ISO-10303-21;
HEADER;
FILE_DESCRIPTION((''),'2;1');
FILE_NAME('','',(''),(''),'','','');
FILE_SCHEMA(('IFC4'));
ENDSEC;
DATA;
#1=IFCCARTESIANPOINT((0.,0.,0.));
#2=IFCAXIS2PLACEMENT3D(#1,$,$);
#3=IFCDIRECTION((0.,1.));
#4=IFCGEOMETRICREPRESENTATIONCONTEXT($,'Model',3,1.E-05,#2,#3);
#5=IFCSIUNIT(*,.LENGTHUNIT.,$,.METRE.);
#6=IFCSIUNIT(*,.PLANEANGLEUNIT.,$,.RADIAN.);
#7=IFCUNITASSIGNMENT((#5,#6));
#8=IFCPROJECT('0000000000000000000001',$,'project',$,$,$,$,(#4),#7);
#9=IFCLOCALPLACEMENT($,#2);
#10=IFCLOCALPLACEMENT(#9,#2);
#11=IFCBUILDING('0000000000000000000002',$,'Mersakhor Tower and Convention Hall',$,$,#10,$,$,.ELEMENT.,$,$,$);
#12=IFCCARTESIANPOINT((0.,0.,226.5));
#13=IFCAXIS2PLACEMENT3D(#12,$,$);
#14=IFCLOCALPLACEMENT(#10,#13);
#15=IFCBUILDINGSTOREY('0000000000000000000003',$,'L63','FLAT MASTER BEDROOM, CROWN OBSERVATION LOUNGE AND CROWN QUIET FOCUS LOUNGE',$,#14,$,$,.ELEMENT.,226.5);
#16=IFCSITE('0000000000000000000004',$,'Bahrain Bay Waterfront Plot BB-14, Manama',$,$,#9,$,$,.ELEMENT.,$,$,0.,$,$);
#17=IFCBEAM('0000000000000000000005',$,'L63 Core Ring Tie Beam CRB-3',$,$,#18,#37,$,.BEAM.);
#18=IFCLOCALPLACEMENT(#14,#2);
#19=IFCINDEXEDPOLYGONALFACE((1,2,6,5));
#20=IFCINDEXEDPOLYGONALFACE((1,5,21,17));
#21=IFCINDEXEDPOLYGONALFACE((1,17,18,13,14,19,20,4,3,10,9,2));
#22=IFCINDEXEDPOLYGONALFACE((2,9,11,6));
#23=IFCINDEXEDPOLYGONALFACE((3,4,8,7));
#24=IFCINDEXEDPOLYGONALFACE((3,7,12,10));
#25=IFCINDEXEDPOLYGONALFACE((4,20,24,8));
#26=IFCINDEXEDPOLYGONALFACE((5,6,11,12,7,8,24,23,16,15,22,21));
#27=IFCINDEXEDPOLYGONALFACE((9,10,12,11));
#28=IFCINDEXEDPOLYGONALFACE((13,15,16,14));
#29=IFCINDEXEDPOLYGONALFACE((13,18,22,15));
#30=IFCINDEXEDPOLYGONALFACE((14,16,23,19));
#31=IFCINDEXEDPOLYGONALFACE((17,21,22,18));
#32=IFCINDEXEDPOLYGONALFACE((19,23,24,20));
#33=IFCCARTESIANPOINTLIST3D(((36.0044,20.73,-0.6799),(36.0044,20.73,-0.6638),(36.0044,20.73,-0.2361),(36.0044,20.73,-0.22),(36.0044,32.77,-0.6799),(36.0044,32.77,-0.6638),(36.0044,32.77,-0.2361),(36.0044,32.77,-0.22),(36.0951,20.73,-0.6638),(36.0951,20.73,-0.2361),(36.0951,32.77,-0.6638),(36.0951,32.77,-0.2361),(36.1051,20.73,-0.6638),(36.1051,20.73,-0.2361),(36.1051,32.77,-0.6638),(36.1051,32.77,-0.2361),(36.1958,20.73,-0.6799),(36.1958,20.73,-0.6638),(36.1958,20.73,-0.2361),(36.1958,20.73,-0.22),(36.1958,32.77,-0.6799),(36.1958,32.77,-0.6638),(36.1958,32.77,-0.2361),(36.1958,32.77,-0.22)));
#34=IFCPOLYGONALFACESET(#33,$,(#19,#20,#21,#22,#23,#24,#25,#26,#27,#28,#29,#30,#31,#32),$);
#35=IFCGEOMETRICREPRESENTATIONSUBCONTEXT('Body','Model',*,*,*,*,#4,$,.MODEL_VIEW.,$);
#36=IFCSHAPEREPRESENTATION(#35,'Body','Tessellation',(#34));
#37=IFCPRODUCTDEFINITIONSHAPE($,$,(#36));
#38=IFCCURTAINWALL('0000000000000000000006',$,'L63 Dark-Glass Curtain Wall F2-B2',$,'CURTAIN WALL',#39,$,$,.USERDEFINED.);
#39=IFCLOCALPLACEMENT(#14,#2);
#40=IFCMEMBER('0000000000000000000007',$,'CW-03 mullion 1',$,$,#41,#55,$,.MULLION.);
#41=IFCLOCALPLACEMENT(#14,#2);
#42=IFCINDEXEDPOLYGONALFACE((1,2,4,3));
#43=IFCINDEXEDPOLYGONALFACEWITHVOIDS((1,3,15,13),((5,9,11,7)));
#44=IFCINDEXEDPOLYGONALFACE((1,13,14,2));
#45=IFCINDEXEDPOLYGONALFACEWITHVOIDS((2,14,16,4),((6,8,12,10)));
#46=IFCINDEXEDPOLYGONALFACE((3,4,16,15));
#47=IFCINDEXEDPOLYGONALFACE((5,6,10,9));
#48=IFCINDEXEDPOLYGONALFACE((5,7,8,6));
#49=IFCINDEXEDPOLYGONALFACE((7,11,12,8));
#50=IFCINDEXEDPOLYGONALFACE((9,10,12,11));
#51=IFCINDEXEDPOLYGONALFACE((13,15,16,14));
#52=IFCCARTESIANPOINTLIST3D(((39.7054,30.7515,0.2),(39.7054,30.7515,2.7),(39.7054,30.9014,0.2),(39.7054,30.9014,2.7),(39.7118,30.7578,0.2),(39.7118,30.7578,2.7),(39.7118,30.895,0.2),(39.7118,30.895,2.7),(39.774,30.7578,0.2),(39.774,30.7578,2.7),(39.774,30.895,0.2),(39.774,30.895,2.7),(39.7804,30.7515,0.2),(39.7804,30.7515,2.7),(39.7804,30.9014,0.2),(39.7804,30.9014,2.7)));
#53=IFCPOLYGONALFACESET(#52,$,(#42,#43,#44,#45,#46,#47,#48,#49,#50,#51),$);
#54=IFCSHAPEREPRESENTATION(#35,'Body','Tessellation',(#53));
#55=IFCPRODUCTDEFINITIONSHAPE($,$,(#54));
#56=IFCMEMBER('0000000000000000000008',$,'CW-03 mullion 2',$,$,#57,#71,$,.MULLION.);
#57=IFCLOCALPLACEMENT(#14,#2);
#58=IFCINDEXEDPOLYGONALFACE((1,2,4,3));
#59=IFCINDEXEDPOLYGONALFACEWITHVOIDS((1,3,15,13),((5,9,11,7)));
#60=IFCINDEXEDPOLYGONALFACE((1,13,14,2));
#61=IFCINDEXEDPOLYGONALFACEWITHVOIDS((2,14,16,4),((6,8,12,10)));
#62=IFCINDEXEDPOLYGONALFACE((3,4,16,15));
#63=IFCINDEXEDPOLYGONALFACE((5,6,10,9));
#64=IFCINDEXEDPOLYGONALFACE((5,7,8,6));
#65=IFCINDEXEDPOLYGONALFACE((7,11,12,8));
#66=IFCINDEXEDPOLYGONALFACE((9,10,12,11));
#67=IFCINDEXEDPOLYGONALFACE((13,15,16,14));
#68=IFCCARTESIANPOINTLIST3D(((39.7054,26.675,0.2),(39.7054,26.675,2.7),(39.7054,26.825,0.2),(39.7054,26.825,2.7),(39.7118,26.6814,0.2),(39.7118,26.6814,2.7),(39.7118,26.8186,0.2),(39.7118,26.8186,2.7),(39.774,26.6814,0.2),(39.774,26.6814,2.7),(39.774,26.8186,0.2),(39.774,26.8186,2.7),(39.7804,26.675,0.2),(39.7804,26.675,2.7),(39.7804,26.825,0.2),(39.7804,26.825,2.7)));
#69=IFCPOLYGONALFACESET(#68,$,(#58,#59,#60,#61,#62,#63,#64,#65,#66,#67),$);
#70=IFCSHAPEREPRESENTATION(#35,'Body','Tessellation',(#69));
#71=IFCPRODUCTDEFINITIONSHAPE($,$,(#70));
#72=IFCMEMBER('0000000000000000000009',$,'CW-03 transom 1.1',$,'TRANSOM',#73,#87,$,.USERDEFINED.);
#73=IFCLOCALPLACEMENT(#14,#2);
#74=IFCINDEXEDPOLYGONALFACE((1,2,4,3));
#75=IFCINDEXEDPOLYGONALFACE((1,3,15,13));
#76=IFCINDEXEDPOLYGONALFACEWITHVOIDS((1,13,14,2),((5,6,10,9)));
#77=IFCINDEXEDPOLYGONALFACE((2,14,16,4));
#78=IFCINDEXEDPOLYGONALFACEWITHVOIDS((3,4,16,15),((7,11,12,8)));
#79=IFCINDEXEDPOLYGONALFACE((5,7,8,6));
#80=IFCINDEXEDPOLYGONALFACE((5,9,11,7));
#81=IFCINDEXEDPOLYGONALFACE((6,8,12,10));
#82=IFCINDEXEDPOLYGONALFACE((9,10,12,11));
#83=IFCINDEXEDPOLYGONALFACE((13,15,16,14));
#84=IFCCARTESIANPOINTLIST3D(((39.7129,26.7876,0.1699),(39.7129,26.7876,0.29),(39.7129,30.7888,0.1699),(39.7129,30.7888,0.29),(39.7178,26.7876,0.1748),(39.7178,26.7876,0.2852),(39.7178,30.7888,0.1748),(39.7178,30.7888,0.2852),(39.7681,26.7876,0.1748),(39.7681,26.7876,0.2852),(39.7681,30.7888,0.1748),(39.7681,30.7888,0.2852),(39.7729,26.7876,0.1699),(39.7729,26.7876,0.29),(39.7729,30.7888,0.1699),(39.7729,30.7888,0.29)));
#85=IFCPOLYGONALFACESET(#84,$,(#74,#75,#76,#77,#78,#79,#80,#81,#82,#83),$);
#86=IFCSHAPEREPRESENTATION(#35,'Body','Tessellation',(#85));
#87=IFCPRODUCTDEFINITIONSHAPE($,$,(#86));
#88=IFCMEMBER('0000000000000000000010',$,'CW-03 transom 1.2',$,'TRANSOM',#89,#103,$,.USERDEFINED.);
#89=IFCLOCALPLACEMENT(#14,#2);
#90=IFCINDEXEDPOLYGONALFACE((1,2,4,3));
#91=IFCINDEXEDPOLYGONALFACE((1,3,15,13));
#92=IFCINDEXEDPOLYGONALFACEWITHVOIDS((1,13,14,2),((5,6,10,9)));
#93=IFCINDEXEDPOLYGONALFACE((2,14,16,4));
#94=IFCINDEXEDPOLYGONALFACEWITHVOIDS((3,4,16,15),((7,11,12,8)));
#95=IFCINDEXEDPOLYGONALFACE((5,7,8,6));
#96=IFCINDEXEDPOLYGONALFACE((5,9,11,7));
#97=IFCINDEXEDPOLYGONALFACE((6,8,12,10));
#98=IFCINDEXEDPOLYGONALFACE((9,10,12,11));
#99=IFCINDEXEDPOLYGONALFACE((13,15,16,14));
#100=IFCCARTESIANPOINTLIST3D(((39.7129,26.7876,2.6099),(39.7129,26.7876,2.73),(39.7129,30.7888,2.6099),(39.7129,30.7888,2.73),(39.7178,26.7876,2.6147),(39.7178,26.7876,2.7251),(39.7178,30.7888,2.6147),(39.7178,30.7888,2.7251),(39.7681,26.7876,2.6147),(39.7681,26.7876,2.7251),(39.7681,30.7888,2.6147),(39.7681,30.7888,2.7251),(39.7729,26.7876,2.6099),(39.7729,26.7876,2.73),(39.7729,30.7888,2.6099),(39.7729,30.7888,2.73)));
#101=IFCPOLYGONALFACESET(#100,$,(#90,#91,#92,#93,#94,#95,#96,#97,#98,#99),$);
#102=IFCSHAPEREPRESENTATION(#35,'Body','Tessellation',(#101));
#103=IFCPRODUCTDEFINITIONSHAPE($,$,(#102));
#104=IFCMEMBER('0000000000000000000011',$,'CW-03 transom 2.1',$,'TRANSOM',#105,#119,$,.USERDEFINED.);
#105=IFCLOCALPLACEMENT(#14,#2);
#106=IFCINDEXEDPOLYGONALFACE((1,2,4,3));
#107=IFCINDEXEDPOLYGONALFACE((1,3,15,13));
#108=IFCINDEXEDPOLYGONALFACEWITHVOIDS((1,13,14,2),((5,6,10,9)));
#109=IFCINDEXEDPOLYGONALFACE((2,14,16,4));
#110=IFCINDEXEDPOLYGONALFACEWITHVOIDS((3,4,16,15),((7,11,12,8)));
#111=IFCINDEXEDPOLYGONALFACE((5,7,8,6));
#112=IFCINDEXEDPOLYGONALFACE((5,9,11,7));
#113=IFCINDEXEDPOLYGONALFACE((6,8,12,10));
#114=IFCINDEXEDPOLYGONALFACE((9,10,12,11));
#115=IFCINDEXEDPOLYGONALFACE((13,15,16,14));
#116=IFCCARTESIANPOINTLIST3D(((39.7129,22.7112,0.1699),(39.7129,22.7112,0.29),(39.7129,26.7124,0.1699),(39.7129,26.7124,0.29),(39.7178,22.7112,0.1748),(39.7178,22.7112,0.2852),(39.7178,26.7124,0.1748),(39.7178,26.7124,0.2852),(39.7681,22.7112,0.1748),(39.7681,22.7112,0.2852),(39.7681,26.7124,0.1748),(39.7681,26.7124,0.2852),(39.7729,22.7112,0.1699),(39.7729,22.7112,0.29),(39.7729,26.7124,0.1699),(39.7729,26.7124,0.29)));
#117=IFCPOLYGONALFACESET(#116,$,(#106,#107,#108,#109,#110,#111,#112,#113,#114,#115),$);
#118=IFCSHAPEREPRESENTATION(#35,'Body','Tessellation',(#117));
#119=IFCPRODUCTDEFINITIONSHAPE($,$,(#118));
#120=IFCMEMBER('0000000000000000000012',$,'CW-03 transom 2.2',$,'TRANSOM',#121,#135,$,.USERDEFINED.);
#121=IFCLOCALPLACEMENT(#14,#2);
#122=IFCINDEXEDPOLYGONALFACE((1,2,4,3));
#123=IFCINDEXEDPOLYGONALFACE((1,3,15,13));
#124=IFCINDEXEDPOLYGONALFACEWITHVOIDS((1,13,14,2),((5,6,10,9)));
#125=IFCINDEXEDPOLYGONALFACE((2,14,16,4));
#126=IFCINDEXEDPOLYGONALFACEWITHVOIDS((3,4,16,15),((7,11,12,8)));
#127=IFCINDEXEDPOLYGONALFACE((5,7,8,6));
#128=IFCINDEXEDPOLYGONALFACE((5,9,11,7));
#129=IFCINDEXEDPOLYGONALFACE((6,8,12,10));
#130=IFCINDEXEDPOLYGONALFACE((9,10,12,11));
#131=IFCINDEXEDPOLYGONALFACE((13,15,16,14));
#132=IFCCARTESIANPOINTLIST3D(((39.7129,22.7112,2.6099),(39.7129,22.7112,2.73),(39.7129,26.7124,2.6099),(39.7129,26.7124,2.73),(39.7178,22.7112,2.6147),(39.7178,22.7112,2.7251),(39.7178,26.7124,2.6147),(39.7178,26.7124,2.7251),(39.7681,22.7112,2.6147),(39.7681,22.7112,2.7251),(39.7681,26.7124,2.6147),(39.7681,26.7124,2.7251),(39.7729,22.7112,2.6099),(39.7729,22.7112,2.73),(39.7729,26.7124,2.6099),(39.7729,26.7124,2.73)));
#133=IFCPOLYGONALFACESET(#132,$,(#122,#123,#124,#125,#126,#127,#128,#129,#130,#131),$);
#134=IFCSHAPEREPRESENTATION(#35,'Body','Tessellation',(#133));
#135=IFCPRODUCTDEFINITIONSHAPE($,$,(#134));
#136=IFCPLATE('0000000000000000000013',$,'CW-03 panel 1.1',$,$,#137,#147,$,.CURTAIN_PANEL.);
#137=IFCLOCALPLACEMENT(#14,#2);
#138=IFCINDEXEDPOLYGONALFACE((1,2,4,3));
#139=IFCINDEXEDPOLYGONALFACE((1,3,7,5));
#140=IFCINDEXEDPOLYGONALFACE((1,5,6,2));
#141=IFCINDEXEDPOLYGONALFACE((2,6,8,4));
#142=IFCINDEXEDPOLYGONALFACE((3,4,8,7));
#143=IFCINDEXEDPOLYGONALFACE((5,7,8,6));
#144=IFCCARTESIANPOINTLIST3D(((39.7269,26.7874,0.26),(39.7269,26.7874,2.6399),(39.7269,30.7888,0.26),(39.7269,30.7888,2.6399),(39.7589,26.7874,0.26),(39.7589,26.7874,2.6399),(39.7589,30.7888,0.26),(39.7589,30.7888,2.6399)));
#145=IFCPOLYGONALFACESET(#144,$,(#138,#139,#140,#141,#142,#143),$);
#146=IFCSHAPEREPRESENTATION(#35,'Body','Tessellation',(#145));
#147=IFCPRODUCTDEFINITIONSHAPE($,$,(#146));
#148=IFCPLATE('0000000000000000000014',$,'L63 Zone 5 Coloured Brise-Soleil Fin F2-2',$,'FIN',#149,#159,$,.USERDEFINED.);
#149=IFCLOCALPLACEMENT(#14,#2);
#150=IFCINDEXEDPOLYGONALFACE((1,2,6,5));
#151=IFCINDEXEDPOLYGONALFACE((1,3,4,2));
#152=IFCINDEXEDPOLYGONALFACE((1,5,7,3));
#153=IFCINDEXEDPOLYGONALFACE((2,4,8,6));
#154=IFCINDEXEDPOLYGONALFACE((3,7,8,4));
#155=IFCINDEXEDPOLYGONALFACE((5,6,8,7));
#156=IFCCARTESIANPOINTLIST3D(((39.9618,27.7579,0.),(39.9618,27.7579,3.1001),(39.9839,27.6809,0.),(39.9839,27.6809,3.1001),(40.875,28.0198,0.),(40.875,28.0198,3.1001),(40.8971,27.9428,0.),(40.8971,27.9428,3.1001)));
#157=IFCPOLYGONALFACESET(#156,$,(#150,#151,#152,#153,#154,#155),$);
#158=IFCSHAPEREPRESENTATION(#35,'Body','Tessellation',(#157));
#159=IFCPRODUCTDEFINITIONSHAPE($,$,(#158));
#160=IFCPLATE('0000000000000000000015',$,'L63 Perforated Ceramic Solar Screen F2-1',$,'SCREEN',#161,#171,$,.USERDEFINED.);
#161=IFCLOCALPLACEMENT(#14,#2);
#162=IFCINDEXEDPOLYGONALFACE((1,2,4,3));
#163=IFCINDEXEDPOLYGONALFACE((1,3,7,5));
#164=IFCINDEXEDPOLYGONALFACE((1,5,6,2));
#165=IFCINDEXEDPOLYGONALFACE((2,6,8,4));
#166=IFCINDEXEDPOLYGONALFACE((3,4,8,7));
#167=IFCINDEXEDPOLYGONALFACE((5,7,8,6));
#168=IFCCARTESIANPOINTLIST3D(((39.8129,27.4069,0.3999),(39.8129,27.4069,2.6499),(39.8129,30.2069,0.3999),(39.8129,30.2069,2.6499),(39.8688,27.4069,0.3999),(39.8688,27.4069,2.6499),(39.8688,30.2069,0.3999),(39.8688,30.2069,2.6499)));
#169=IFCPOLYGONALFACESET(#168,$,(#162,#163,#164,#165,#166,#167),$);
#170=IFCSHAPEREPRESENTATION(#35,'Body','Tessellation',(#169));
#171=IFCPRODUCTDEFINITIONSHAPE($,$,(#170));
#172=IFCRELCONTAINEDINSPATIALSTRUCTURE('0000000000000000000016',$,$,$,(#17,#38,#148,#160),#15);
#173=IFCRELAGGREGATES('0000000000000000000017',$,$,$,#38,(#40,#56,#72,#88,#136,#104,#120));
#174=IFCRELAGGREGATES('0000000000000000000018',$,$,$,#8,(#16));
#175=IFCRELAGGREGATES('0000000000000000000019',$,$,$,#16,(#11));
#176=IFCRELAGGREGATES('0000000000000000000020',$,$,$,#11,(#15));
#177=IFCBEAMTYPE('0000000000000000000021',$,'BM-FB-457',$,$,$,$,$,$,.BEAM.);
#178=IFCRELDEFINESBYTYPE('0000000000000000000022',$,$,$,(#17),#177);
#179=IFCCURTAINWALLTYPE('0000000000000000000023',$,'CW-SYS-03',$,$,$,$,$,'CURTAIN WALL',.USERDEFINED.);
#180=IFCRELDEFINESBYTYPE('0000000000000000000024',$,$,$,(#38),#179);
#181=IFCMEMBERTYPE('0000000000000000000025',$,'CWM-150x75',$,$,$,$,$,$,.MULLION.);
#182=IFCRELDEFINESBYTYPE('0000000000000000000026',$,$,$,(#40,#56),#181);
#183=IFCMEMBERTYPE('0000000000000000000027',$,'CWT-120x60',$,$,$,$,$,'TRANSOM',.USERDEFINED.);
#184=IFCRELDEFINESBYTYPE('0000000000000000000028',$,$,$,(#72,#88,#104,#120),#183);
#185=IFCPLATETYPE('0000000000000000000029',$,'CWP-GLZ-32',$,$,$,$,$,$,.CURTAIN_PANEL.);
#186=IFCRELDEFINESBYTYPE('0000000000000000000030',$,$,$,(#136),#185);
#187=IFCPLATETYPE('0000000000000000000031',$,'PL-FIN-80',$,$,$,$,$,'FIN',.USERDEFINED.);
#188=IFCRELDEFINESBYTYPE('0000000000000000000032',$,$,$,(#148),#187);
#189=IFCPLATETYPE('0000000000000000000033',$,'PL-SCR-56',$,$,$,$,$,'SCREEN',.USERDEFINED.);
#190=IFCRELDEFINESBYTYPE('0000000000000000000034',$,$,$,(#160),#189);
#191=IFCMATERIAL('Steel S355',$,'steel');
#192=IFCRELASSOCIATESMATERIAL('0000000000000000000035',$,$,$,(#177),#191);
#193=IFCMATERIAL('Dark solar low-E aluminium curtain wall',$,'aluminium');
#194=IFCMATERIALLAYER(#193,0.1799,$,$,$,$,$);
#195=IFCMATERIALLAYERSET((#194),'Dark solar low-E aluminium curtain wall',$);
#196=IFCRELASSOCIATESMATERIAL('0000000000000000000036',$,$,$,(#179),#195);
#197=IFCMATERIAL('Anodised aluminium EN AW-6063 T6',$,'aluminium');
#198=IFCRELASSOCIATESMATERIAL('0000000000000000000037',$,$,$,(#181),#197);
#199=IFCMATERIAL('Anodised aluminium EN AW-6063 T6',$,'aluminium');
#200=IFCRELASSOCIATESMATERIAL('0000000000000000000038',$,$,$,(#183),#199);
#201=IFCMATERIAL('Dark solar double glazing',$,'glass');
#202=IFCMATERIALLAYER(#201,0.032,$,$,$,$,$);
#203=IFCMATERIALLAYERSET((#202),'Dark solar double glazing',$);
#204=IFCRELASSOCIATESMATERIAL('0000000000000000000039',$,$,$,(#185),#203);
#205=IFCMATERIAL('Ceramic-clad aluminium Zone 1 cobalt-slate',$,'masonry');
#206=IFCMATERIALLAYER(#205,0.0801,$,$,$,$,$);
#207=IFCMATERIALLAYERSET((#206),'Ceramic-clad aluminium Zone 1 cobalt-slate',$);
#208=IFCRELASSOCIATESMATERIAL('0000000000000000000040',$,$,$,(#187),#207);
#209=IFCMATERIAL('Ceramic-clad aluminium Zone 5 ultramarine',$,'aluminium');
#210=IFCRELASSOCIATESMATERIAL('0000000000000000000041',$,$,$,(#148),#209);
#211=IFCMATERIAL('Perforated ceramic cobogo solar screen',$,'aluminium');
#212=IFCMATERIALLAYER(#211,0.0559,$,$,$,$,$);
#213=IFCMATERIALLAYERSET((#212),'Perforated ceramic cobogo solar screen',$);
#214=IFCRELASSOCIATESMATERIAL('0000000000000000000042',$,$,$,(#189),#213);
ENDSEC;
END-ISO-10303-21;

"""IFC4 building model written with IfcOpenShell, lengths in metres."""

from ifc_helpers import new_model, si_unit, direction, frame, origin, origin_2d, place, context, subcontext, project, spatial, rectangle, hollow_rectangle, i_section, extrude, material, layer, layer_set, material_profile, profile_set, type_object, element, aggregate, save


model = new_model("IFC4")

# Units and contexts
model_context = context("Model", 3, precision=1e-05, world=origin(), true_north=direction((0.0, 1.0)))
body_context = subcontext(model_context, "Body", "Model", "MODEL_VIEW")
ifc_project = project(units=[si_unit("LENGTHUNIT", "METRE"), si_unit("PLANEANGLEUNIT", "RADIAN")], contexts=[model_context])

# Site, building, storey
site_placement = place(None, origin())
site = spatial("IfcSite", under=ifc_project, at=site_placement, Name="Bahrain Bay Waterfront Plot BB-14, Manama", CompositionType="ELEMENT", RefElevation=0.0)
building_placement = place(site_placement, origin())
building = spatial("IfcBuilding", under=site, at=building_placement, Name="Mersakhor Tower and Convention Hall", CompositionType="ELEMENT")
storey_placement = place(building_placement, frame((0.0, 0.0, 226.5)))
storey = spatial("IfcBuildingStorey", under=building, at=storey_placement, Name="L63", Description="FLAT MASTER BEDROOM, CROWN OBSERVATION LOUNGE AND CROWN QUIET FOCUS LOUNGE", CompositionType="ELEMENT", Elevation=226.5)

# Beam
ifc_material_1 = material(Name="Steel S355", Category="steel")
ifc_material_profile_1 = material_profile(ifc_material_1, i_section(OverallWidth=0.1914, OverallDepth=0.46, WebThickness=0.01, FlangeThickness=0.0161, at=origin_2d()), Name="UB 457x191x82")
ifc_profile_set_1 = profile_set([ifc_material_profile_1], Name="Steel S355")
beam_type = type_object("IfcBeamType", Name="BM-FB-457", PredefinedType="BEAM", material=ifc_profile_set_1)
beam_placement = place(storey_placement, frame((36.1001, 32.77, -0.45), z_axis=(0.0, -1.0, 0.0), x_axis=(1.0, 0.0, 0.0)))
element("IfcBeam", 1, at=beam_placement, inside=storey, type_object=beam_type, Name="L63 Core Ring Tie Beam CRB-3", PredefinedType="BEAM", context=body_context, shape_type="SweptSolid", body=[
    extrude(i_section(OverallWidth=0.1914, OverallDepth=0.46, WebThickness=0.01, FlangeThickness=0.0161, at=origin_2d()), origin(), (0.0, 0.0, 1.0), 12.04),
])

# Curtain wall, members, plate
ifc_material_2 = material(Name="Dark solar low-E aluminium curtain wall", Category="aluminium")
ifc_layer_1 = layer(ifc_material_2, 0.1799)
ifc_layer_set_1 = layer_set([ifc_layer_1], Name="Dark solar low-E aluminium curtain wall")
curtain_wall_type = type_object("IfcCurtainWallType", Name="CW-SYS-03", ElementType="CURTAIN WALL", PredefinedType="USERDEFINED", material=ifc_layer_set_1)
curtain_wall_placement = place(storey_placement, origin())
curtain_wall = element("IfcCurtainWall", 2, at=curtain_wall_placement, inside=storey, type_object=curtain_wall_type, Name="L63 Dark-Glass Curtain Wall F2-B2", ObjectType="CURTAIN WALL", PredefinedType="USERDEFINED")
ifc_material_3 = material(Name="Anodised aluminium EN AW-6063 T6", Category="aluminium")
ifc_material_profile_2 = material_profile(ifc_material_3, hollow_rectangle(XDim=0.075, YDim=0.1499, WallThickness=0.0063, at=origin_2d()), Name="RHS 150x75x6.3")
ifc_profile_set_2 = profile_set([ifc_material_profile_2], Name="Anodised aluminium EN AW-6063 T6")
member_type_1 = type_object("IfcMemberType", Name="CWM-150x75", PredefinedType="MULLION", material=ifc_profile_set_2)
member_1_placement = place(storey_placement, frame((39.7429, 30.8264, 0.2), z_axis=(0.0, 0.0, 1.0), x_axis=(1.0, 0.0, 0.0)))
member_1 = element("IfcMember", 3, at=member_1_placement, type_object=member_type_1, Name="CW-03 mullion 1", PredefinedType="MULLION", context=body_context, shape_type="SweptSolid", body=[
    extrude(hollow_rectangle(XDim=0.075, YDim=0.1499, WallThickness=0.0063, at=origin_2d()), origin(), (0.0, 0.0, 1.0), 2.5),
])
member_2_placement = place(storey_placement, frame((39.7429, 26.75, 0.2), z_axis=(0.0, 0.0, 1.0), x_axis=(1.0, 0.0, 0.0)))
member_2 = element("IfcMember", 4, at=member_2_placement, type_object=member_type_1, Name="CW-03 mullion 2", PredefinedType="MULLION", context=body_context, shape_type="SweptSolid", body=[
    extrude(hollow_rectangle(XDim=0.075, YDim=0.1499, WallThickness=0.0063, at=origin_2d()), origin(), (0.0, 0.0, 1.0), 2.5),
])
ifc_material_4 = material(Name="Anodised aluminium EN AW-6063 T6", Category="aluminium")
ifc_material_profile_3 = material_profile(ifc_material_4, hollow_rectangle(XDim=0.0601, YDim=0.1201, WallThickness=0.0049, at=origin_2d()), Name="RHS 120x60x5")
ifc_profile_set_3 = profile_set([ifc_material_profile_3], Name="Anodised aluminium EN AW-6063 T6")
member_type_2 = type_object("IfcMemberType", Name="CWT-120x60", ElementType="TRANSOM", PredefinedType="USERDEFINED", material=ifc_profile_set_3)
member_3_placement = place(storey_placement, frame((39.7429, 30.7888, 0.23), z_axis=(0.0, -1.0, 0.0), x_axis=(1.0, 0.0, 0.0)))
member_3 = element("IfcMember", 5, at=member_3_placement, type_object=member_type_2, Name="CW-03 transom 1.1", ObjectType="TRANSOM", PredefinedType="USERDEFINED", context=body_context, shape_type="SweptSolid", body=[
    extrude(hollow_rectangle(XDim=0.0601, YDim=0.1201, WallThickness=0.0049, at=origin_2d()), origin(), (0.0, 0.0, 1.0), 4.0012),
])
member_4_placement = place(storey_placement, frame((39.7429, 30.7888, 2.6699), z_axis=(0.0, -1.0, 0.0), x_axis=(1.0, 0.0, 0.0)))
member_4 = element("IfcMember", 6, at=member_4_placement, type_object=member_type_2, Name="CW-03 transom 1.2", ObjectType="TRANSOM", PredefinedType="USERDEFINED", context=body_context, shape_type="SweptSolid", body=[
    extrude(hollow_rectangle(XDim=0.0601, YDim=0.1201, WallThickness=0.0049, at=origin_2d()), origin(), (0.0, 0.0, 1.0), 4.0012),
])
member_5_placement = place(storey_placement, frame((39.7429, 26.7124, 0.23), z_axis=(0.0, -1.0, 0.0), x_axis=(1.0, 0.0, 0.0)))
member_5 = element("IfcMember", 7, at=member_5_placement, type_object=member_type_2, Name="CW-03 transom 2.1", ObjectType="TRANSOM", PredefinedType="USERDEFINED", context=body_context, shape_type="SweptSolid", body=[
    extrude(hollow_rectangle(XDim=0.0601, YDim=0.1201, WallThickness=0.0049, at=origin_2d()), origin(), (0.0, 0.0, 1.0), 4.0012),
])
member_6_placement = place(storey_placement, frame((39.7429, 26.7124, 2.6699), z_axis=(0.0, -1.0, 0.0), x_axis=(1.0, 0.0, 0.0)))
member_6 = element("IfcMember", 8, at=member_6_placement, type_object=member_type_2, Name="CW-03 transom 2.2", ObjectType="TRANSOM", PredefinedType="USERDEFINED", context=body_context, shape_type="SweptSolid", body=[
    extrude(hollow_rectangle(XDim=0.0601, YDim=0.1201, WallThickness=0.0049, at=origin_2d()), origin(), (0.0, 0.0, 1.0), 4.0012),
])
ifc_material_5 = material(Name="Dark solar double glazing", Category="glass")
ifc_layer_2 = layer(ifc_material_5, 0.032)
ifc_layer_set_2 = layer_set([ifc_layer_2], Name="Dark solar double glazing")
plate_type_1 = type_object("IfcPlateType", Name="CWP-GLZ-32", PredefinedType="CURTAIN_PANEL", material=ifc_layer_set_2)
plate_1_placement = place(storey_placement, frame((39.7429, 28.7881, 0.26), z_axis=(0.0, 0.0, 1.0), x_axis=(0.0, -1.0, 0.0)))
plate_1 = element("IfcPlate", 9, at=plate_1_placement, type_object=plate_type_1, Name="CW-03 panel 1.1", PredefinedType="CURTAIN_PANEL", context=body_context, shape_type="SweptSolid", body=[
    extrude(rectangle(XDim=4.0015, YDim=0.032, at=origin_2d()), origin(), (0.0, 0.0, 1.0), 2.3799),
])
aggregate(curtain_wall, [member_1, member_2, member_3, member_4, plate_1, member_5, member_6])

# Plates
ifc_material_6 = material(Name="Ceramic-clad aluminium Zone 5 ultramarine", Category="aluminium")
ifc_material_7 = material(Name="Ceramic-clad aluminium Zone 1 cobalt-slate", Category="masonry")
ifc_layer_3 = layer(ifc_material_7, 0.0801)
ifc_layer_set_3 = layer_set([ifc_layer_3], Name="Ceramic-clad aluminium Zone 1 cobalt-slate")
plate_type_2 = type_object("IfcPlateType", Name="PL-FIN-80", ElementType="FIN", PredefinedType="USERDEFINED", material=ifc_layer_set_3)
plate_2_placement = place(storey_placement, frame((40.4294, 27.8503, 0.0), z_axis=(0.0, 0.0, 1.0), x_axis=(0.961262, 0.275637, 0.0)))
element("IfcPlate", 10, at=plate_2_placement, inside=storey, type_object=plate_type_2, material=ifc_material_6, Name="L63 Zone 5 Coloured Brise-Soleil Fin F2-2", ObjectType="FIN", PredefinedType="USERDEFINED", context=body_context, shape_type="SweptSolid", body=[
    extrude(rectangle(XDim=0.95, YDim=0.0801, at=origin_2d()), origin(), (0.0, 0.0, 1.0), 3.1001),
])
ifc_material_8 = material(Name="Perforated ceramic cobogo solar screen", Category="aluminium")
ifc_layer_4 = layer(ifc_material_8, 0.0559)
ifc_layer_set_4 = layer_set([ifc_layer_4], Name="Perforated ceramic cobogo solar screen")
plate_type_3 = type_object("IfcPlateType", Name="PL-SCR-56", ElementType="SCREEN", PredefinedType="USERDEFINED", material=ifc_layer_set_4)
plate_3_placement = place(storey_placement, frame((39.8408, 28.8069, 0.3999), z_axis=(0.0, 0.0, 1.0), x_axis=(0.0, -1.0, 0.0)))
element("IfcPlate", 11, at=plate_3_placement, inside=storey, type_object=plate_type_3, Name="L63 Perforated Ceramic Solar Screen F2-1", ObjectType="SCREEN", PredefinedType="USERDEFINED", context=body_context, shape_type="SweptSolid", body=[
    extrude(rectangle(XDim=2.8, YDim=0.0559, at=origin_2d()), origin(), (0.0, 0.0, 1.0), 2.25),
])

save(model, "model.ifc")
